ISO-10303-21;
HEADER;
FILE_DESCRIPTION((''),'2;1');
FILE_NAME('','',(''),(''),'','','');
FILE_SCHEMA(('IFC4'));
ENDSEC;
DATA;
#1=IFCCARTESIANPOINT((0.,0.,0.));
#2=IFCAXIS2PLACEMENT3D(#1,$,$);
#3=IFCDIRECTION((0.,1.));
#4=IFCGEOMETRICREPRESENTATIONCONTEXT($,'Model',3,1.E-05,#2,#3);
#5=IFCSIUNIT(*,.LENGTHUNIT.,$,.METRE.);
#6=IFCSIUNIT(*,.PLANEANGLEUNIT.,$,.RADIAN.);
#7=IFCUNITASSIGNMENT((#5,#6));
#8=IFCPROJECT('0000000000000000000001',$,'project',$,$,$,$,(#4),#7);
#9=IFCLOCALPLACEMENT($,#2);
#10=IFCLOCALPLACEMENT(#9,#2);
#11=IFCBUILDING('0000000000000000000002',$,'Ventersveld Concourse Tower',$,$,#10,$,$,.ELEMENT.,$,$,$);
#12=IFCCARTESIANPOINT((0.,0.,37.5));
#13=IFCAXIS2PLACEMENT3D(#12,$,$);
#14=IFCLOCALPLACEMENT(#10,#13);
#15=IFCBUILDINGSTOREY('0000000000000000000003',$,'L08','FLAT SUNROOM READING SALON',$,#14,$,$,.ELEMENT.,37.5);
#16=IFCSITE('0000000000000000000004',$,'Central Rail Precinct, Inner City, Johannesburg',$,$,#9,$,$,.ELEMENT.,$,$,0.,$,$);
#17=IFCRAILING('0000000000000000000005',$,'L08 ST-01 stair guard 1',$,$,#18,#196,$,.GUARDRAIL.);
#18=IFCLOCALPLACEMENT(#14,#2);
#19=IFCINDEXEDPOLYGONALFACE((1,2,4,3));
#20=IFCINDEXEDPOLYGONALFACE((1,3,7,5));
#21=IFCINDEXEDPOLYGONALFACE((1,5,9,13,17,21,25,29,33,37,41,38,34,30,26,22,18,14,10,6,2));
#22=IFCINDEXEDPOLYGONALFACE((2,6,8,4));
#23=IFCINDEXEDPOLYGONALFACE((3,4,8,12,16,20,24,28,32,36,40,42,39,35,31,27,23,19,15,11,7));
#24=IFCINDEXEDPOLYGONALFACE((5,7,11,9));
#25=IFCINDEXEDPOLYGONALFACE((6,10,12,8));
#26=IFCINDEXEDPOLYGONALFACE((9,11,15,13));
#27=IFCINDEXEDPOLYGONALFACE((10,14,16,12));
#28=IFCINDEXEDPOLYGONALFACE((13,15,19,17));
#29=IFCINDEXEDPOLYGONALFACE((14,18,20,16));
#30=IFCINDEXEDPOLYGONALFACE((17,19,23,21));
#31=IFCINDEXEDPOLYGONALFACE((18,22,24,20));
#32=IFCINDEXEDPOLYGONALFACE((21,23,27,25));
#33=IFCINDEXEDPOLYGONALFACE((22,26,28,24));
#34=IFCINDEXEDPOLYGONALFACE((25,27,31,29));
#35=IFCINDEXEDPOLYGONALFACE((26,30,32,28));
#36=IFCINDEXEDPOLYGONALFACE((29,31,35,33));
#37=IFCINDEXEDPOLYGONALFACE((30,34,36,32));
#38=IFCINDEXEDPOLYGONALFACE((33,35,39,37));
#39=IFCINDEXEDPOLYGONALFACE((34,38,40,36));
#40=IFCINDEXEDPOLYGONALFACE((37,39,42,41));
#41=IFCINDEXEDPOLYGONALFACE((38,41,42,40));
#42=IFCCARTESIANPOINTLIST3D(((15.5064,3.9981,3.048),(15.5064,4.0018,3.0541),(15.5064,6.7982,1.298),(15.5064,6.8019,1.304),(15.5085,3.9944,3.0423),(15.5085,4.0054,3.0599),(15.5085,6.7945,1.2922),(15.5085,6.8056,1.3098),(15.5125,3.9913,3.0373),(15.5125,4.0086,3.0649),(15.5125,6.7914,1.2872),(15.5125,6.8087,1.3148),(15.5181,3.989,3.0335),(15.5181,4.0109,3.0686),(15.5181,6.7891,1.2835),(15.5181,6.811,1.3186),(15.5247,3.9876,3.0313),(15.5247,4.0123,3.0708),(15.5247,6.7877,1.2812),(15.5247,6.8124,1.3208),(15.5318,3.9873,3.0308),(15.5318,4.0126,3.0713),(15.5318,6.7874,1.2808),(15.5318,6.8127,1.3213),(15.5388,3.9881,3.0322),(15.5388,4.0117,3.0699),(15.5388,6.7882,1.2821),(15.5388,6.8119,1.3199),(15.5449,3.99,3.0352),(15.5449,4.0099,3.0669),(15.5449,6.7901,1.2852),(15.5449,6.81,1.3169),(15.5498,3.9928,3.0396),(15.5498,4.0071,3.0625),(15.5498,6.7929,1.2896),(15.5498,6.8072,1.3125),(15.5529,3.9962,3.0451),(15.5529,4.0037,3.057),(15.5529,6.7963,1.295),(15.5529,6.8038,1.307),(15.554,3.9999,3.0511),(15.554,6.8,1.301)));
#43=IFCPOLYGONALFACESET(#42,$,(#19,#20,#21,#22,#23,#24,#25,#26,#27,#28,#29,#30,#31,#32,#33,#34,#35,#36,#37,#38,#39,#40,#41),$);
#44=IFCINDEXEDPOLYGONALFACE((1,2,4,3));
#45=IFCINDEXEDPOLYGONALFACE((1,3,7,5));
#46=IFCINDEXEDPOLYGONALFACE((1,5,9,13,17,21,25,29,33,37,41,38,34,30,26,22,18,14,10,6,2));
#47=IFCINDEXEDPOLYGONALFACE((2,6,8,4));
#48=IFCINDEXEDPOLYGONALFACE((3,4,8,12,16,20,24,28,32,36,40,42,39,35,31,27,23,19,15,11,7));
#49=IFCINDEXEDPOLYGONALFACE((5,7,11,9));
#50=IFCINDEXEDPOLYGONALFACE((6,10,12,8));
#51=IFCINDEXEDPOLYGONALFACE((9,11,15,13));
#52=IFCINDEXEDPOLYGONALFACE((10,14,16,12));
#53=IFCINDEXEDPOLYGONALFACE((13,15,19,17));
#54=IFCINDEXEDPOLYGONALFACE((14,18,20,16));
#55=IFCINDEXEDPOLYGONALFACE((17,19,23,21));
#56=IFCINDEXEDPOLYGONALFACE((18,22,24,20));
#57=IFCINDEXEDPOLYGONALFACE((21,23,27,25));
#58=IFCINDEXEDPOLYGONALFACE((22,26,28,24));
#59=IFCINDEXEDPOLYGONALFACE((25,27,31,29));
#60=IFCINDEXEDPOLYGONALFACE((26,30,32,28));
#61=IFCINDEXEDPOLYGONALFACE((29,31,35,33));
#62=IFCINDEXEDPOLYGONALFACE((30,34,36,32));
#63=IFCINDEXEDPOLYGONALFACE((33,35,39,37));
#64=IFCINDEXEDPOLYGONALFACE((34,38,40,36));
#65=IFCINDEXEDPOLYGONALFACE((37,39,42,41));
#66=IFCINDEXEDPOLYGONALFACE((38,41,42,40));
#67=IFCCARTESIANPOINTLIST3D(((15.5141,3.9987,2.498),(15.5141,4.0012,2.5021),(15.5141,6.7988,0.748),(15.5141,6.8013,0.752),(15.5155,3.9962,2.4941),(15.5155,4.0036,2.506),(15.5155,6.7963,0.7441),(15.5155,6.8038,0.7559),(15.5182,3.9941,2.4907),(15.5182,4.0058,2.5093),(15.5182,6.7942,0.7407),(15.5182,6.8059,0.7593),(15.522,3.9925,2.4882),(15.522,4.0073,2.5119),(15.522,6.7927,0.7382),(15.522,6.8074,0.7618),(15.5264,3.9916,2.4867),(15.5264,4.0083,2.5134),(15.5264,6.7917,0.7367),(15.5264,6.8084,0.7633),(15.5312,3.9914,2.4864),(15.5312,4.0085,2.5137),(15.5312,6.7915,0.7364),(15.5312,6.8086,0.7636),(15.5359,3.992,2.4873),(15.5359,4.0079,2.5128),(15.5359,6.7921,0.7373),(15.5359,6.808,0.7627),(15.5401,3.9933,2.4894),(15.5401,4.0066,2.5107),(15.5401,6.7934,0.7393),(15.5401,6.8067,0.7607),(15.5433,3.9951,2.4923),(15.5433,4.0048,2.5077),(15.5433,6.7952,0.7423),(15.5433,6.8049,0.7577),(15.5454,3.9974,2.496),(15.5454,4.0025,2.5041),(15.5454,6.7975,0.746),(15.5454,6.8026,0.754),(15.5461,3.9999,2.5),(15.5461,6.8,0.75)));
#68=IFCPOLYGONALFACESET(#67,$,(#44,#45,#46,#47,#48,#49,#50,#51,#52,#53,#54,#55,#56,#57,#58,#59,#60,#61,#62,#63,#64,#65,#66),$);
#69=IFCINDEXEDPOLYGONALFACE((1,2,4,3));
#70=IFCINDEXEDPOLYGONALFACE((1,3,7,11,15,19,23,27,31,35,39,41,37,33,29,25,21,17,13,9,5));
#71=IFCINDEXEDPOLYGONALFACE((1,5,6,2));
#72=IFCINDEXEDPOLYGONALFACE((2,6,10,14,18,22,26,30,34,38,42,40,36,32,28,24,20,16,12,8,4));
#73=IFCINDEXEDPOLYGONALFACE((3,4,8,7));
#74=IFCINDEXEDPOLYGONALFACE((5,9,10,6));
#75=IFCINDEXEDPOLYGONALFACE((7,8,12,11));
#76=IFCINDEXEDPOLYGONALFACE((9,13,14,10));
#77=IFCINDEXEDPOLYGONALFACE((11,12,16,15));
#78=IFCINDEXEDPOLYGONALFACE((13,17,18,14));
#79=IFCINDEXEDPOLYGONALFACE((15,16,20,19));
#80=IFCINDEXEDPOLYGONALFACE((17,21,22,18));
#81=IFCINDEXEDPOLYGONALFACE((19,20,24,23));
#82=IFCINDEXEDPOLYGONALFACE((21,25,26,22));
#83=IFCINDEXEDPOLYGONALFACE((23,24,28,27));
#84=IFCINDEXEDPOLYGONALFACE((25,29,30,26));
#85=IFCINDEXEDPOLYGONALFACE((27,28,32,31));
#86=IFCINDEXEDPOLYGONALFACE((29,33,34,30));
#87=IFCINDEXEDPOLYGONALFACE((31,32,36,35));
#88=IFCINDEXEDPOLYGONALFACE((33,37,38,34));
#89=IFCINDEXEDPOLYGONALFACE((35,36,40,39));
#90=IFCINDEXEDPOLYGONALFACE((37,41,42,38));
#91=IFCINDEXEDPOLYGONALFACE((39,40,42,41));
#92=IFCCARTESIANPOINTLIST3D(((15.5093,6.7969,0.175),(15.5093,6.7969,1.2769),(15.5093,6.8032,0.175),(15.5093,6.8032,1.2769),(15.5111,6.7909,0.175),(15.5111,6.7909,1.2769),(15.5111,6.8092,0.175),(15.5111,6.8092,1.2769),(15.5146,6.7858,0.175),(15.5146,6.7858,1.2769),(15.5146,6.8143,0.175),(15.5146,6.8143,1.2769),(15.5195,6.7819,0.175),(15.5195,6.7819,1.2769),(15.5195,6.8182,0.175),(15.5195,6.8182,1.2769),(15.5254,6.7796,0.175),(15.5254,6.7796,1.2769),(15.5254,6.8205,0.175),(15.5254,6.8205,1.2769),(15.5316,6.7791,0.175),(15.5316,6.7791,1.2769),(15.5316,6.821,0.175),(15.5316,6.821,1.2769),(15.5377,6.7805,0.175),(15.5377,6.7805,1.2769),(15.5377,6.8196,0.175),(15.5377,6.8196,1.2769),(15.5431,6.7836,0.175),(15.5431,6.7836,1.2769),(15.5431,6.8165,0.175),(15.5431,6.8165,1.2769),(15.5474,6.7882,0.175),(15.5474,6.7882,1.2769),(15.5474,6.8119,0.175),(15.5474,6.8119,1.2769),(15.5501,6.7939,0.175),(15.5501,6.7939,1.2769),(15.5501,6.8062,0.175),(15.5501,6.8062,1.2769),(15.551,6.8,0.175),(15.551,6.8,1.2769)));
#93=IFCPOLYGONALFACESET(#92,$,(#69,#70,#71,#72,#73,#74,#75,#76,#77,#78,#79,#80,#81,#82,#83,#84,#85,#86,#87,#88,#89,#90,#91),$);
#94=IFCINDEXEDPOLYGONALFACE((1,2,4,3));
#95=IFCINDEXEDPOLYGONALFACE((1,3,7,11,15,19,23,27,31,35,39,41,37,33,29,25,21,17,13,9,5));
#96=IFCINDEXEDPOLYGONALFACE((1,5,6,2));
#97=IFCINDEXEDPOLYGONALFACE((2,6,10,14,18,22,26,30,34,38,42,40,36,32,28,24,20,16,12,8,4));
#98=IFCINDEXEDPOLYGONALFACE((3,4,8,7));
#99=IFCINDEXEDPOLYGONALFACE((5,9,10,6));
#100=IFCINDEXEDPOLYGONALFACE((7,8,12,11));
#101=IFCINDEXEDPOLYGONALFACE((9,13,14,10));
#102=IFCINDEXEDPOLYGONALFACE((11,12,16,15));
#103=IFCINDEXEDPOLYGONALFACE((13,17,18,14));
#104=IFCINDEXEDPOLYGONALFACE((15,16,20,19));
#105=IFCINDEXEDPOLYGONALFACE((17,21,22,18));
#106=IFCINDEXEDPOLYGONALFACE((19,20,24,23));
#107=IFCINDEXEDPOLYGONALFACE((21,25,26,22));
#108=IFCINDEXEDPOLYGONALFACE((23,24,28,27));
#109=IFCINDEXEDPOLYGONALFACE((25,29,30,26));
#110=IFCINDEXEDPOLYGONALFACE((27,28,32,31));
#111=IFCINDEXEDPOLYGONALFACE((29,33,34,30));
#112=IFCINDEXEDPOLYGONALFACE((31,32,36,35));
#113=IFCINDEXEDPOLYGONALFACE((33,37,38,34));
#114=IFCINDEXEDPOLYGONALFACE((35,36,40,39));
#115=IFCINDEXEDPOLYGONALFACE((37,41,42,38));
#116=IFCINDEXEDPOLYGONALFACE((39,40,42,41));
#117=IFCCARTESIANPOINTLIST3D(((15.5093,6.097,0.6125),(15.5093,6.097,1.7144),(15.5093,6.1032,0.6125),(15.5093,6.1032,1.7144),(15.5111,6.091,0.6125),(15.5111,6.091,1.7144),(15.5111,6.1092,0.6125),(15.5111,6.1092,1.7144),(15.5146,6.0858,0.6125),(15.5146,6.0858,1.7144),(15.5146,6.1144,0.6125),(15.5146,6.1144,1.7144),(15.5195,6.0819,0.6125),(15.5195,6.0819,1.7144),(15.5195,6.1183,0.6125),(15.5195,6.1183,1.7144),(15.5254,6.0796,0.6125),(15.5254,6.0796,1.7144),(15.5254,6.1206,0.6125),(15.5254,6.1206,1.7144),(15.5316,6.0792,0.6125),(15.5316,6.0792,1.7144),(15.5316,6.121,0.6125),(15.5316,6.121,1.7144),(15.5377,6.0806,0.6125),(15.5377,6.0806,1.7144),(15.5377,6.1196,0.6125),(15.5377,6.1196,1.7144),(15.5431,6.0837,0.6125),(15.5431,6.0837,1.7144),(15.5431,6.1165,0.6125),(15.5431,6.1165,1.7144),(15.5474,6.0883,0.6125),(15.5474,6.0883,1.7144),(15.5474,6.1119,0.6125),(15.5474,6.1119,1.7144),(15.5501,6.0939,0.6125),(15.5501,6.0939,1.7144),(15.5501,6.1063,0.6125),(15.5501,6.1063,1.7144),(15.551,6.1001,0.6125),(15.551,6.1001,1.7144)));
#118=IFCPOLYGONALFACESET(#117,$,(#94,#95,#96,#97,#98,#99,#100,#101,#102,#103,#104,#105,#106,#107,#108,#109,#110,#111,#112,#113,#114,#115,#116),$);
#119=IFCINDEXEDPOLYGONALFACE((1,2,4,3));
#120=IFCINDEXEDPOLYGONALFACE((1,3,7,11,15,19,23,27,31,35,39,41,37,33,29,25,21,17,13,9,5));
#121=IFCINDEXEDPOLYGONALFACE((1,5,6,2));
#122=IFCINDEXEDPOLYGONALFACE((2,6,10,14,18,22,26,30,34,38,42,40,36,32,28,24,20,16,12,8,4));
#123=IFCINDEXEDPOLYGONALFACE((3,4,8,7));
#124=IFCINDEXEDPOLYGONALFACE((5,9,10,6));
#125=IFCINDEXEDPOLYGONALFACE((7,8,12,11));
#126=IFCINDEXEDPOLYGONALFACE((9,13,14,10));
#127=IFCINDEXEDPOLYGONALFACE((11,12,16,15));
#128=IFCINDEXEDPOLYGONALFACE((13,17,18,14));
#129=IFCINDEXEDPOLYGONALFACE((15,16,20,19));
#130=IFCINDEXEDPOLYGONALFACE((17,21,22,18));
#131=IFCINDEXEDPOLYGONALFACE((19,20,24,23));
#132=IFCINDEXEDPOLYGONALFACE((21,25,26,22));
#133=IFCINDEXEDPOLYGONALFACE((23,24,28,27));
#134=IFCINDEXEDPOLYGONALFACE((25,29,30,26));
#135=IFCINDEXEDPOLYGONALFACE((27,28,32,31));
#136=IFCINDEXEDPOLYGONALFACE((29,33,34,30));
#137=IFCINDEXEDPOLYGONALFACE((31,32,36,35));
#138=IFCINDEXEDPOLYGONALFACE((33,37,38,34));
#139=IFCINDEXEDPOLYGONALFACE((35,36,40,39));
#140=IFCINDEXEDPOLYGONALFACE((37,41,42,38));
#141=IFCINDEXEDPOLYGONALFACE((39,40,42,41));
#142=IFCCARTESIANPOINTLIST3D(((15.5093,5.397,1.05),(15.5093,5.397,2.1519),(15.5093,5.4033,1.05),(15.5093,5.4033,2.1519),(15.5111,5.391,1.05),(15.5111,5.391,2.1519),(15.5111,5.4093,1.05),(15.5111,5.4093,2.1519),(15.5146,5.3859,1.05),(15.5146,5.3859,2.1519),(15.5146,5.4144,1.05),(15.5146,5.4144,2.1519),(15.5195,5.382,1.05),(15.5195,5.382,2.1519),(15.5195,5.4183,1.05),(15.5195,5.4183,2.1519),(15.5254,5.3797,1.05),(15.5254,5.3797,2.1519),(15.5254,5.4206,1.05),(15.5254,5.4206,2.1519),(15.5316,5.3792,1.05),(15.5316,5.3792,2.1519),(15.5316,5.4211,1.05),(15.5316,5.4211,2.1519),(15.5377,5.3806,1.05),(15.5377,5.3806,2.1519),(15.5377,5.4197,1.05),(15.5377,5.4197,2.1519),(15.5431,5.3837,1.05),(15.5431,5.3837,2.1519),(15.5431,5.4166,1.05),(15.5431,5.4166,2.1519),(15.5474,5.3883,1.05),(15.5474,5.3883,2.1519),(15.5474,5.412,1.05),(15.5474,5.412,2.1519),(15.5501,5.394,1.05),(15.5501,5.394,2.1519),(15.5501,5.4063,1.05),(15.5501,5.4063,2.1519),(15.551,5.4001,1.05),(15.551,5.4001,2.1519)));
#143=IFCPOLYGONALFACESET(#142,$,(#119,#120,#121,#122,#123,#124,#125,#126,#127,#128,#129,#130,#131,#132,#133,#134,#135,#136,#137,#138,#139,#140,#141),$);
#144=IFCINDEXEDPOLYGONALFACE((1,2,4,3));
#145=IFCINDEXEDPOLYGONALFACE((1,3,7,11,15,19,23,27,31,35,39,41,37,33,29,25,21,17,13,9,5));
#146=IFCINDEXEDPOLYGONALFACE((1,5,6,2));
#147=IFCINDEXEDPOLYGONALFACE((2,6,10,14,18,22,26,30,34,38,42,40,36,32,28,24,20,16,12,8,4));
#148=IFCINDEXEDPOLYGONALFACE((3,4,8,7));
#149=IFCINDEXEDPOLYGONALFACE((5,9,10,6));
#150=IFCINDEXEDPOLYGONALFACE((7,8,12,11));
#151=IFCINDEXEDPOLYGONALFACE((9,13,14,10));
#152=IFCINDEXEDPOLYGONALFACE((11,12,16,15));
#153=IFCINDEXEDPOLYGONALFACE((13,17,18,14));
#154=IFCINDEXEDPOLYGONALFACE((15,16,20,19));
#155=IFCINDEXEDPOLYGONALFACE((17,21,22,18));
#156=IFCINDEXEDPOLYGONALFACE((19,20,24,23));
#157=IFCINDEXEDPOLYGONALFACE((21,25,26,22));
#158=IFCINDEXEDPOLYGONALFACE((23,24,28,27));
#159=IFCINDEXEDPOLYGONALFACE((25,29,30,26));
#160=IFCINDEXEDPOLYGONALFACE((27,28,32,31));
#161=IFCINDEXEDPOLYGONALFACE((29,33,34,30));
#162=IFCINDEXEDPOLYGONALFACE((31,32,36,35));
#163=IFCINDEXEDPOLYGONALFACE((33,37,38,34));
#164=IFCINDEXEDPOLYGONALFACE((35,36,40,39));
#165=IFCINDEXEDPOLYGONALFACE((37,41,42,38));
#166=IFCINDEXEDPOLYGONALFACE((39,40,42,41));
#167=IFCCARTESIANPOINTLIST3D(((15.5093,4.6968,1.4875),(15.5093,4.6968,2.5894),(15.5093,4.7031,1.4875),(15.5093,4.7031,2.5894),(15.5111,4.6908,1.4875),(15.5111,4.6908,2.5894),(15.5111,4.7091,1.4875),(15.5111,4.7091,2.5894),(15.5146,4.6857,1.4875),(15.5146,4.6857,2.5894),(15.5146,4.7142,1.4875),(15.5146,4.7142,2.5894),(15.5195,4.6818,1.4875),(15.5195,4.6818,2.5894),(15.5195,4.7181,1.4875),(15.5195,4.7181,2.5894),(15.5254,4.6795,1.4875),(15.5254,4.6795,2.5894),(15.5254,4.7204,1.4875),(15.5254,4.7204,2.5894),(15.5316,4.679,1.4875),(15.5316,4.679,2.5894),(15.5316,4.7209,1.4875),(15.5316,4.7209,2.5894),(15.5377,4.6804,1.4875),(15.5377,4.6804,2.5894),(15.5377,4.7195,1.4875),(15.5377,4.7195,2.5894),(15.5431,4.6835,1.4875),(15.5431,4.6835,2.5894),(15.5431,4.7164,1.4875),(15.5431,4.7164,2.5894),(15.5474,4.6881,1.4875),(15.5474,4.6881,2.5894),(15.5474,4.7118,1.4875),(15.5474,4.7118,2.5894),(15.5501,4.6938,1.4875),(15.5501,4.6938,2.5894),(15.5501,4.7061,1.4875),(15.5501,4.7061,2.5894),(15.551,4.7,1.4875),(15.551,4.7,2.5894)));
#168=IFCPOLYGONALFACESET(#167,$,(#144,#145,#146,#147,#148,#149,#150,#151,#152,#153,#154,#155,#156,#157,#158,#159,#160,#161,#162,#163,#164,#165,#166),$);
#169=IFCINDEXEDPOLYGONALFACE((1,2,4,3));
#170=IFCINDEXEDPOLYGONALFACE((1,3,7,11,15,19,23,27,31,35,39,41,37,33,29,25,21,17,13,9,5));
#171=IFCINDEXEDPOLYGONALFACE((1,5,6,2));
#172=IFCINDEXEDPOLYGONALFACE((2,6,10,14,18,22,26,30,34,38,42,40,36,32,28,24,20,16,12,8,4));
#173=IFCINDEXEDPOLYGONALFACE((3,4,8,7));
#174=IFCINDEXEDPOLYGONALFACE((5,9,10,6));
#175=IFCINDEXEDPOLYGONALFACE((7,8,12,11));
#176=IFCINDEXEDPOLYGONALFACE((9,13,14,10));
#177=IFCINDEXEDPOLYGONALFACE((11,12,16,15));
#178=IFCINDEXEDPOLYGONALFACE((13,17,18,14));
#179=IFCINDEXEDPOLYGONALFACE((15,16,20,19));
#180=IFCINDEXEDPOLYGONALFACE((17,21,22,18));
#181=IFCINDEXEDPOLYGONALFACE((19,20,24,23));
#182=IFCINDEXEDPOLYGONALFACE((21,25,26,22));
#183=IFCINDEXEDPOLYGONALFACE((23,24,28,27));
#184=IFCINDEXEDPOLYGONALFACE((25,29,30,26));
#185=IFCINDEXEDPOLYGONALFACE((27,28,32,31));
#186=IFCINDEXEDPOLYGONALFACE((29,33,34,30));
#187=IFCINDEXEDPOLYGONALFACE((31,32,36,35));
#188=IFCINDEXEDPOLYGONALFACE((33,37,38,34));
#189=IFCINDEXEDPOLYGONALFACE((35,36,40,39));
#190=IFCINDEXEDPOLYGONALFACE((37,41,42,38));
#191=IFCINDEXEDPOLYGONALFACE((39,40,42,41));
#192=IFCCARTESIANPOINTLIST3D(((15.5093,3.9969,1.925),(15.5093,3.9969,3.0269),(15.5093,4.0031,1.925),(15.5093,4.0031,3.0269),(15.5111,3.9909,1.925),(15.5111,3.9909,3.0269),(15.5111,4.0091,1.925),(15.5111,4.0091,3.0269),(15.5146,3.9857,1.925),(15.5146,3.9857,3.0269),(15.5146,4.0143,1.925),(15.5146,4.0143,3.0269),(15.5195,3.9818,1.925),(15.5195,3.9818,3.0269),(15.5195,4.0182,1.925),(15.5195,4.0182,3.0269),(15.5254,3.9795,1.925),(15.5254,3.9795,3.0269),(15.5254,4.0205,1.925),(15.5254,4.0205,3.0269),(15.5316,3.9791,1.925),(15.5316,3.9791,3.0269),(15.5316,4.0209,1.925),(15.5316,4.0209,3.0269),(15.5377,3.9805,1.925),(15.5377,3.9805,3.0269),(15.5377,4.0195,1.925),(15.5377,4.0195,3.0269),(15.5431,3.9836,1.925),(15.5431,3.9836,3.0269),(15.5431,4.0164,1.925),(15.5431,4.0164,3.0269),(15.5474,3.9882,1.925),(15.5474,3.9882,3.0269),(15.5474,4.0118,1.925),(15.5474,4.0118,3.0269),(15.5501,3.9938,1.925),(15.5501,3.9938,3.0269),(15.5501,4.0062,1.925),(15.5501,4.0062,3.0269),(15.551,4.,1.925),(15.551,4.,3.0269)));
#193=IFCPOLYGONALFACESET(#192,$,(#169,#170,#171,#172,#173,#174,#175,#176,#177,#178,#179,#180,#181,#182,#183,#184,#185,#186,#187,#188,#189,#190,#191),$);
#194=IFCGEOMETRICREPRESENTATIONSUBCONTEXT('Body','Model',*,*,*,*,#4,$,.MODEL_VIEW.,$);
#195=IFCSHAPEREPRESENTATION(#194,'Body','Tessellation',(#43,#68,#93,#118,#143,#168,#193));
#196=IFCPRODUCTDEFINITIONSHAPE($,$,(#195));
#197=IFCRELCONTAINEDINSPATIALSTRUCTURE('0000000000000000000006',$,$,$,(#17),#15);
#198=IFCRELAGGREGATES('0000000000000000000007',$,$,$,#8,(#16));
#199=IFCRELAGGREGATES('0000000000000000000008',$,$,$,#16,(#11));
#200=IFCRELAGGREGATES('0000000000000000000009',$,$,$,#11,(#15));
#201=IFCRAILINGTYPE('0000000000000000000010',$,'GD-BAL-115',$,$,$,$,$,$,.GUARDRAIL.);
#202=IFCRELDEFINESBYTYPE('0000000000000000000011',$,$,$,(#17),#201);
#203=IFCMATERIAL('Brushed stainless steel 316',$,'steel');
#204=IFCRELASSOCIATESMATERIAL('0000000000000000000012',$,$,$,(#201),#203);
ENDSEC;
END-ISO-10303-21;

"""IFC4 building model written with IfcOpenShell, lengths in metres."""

from ifc_helpers import new_model, si_unit, direction, frame, origin, origin_2d, place, context, subcontext, project, spatial, circle, extrude, material, type_object, element, save


model = new_model("IFC4")

# Units and contexts
model_context = context("Model", 3, precision=1e-05, world=origin(), true_north=direction((0.0, 1.0)))
body_context = subcontext(model_context, "Body", "Model", "MODEL_VIEW")
ifc_project = project(units=[si_unit("LENGTHUNIT", "METRE"), si_unit("PLANEANGLEUNIT", "RADIAN")], contexts=[model_context])

# Site, building, storey
site_placement = place(None, origin())
site = spatial("IfcSite", under=ifc_project, at=site_placement, Name="Central Rail Precinct, Inner City, Johannesburg", CompositionType="ELEMENT", RefElevation=0.0)
building_placement = place(site_placement, origin())
building = spatial("IfcBuilding", under=site, at=building_placement, Name="Ventersveld Concourse Tower", CompositionType="ELEMENT")
storey_placement = place(building_placement, frame((0.0, 0.0, 37.5)))
storey = spatial("IfcBuildingStorey", under=building, at=storey_placement, Name="L08", Description="FLAT SUNROOM READING SALON", CompositionType="ELEMENT", Elevation=37.5)

# Railing
ifc_material_1 = material(Name="Brushed stainless steel 316", Category="steel")
railing_type_1 = type_object("IfcRailingType", Name="GD-BAL-115", PredefinedType="GUARDRAIL", material=ifc_material_1)
railing_1_placement = place(storey_placement, frame((15.53, 6.8, 0.175)))
element("IfcRailing", 1, at=railing_1_placement, inside=storey, type_object=railing_type_1, Name="L08 ST-01 stair guard 1", PredefinedType="GUARDRAIL", context=body_context, shape_type="SweptSolid", body=[
    extrude(circle(Radius=0.0239, at=origin_2d()), frame((0.0, 0.0, 1.126), z_axis=(0.0, -0.848002, 0.529992), x_axis=(1.0, 0.0, 0.0)), (0.0, 0.0, 1.0), 3.302),
    extrude(circle(Radius=0.0161, at=origin_2d()), frame((0.0, 0.0, 0.575), z_axis=(0.0, -0.848002, 0.529992), x_axis=(1.0, 0.0, 0.0)), (0.0, 0.0, 1.0), 3.302),
    extrude(circle(Radius=0.021, at=origin_2d()), origin(), (0.0, 0.0, 1.0), 1.1018),
    extrude(circle(Radius=0.021, at=origin_2d()), frame((0.0, -0.7, 0.4375)), (0.0, 0.0, 1.0), 1.1018),
    extrude(circle(Radius=0.021, at=origin_2d()), frame((0.0, -1.3999, 0.875)), (0.0, 0.0, 1.0), 1.1018),
    extrude(circle(Radius=0.021, at=origin_2d()), frame((0.0, -2.1001, 1.3125)), (0.0, 0.0, 1.0), 1.1018),
    extrude(circle(Radius=0.021, at=origin_2d()), frame((0.0, -2.8, 1.75)), (0.0, 0.0, 1.0), 1.1018),
])

save(model, "model.ifc")
